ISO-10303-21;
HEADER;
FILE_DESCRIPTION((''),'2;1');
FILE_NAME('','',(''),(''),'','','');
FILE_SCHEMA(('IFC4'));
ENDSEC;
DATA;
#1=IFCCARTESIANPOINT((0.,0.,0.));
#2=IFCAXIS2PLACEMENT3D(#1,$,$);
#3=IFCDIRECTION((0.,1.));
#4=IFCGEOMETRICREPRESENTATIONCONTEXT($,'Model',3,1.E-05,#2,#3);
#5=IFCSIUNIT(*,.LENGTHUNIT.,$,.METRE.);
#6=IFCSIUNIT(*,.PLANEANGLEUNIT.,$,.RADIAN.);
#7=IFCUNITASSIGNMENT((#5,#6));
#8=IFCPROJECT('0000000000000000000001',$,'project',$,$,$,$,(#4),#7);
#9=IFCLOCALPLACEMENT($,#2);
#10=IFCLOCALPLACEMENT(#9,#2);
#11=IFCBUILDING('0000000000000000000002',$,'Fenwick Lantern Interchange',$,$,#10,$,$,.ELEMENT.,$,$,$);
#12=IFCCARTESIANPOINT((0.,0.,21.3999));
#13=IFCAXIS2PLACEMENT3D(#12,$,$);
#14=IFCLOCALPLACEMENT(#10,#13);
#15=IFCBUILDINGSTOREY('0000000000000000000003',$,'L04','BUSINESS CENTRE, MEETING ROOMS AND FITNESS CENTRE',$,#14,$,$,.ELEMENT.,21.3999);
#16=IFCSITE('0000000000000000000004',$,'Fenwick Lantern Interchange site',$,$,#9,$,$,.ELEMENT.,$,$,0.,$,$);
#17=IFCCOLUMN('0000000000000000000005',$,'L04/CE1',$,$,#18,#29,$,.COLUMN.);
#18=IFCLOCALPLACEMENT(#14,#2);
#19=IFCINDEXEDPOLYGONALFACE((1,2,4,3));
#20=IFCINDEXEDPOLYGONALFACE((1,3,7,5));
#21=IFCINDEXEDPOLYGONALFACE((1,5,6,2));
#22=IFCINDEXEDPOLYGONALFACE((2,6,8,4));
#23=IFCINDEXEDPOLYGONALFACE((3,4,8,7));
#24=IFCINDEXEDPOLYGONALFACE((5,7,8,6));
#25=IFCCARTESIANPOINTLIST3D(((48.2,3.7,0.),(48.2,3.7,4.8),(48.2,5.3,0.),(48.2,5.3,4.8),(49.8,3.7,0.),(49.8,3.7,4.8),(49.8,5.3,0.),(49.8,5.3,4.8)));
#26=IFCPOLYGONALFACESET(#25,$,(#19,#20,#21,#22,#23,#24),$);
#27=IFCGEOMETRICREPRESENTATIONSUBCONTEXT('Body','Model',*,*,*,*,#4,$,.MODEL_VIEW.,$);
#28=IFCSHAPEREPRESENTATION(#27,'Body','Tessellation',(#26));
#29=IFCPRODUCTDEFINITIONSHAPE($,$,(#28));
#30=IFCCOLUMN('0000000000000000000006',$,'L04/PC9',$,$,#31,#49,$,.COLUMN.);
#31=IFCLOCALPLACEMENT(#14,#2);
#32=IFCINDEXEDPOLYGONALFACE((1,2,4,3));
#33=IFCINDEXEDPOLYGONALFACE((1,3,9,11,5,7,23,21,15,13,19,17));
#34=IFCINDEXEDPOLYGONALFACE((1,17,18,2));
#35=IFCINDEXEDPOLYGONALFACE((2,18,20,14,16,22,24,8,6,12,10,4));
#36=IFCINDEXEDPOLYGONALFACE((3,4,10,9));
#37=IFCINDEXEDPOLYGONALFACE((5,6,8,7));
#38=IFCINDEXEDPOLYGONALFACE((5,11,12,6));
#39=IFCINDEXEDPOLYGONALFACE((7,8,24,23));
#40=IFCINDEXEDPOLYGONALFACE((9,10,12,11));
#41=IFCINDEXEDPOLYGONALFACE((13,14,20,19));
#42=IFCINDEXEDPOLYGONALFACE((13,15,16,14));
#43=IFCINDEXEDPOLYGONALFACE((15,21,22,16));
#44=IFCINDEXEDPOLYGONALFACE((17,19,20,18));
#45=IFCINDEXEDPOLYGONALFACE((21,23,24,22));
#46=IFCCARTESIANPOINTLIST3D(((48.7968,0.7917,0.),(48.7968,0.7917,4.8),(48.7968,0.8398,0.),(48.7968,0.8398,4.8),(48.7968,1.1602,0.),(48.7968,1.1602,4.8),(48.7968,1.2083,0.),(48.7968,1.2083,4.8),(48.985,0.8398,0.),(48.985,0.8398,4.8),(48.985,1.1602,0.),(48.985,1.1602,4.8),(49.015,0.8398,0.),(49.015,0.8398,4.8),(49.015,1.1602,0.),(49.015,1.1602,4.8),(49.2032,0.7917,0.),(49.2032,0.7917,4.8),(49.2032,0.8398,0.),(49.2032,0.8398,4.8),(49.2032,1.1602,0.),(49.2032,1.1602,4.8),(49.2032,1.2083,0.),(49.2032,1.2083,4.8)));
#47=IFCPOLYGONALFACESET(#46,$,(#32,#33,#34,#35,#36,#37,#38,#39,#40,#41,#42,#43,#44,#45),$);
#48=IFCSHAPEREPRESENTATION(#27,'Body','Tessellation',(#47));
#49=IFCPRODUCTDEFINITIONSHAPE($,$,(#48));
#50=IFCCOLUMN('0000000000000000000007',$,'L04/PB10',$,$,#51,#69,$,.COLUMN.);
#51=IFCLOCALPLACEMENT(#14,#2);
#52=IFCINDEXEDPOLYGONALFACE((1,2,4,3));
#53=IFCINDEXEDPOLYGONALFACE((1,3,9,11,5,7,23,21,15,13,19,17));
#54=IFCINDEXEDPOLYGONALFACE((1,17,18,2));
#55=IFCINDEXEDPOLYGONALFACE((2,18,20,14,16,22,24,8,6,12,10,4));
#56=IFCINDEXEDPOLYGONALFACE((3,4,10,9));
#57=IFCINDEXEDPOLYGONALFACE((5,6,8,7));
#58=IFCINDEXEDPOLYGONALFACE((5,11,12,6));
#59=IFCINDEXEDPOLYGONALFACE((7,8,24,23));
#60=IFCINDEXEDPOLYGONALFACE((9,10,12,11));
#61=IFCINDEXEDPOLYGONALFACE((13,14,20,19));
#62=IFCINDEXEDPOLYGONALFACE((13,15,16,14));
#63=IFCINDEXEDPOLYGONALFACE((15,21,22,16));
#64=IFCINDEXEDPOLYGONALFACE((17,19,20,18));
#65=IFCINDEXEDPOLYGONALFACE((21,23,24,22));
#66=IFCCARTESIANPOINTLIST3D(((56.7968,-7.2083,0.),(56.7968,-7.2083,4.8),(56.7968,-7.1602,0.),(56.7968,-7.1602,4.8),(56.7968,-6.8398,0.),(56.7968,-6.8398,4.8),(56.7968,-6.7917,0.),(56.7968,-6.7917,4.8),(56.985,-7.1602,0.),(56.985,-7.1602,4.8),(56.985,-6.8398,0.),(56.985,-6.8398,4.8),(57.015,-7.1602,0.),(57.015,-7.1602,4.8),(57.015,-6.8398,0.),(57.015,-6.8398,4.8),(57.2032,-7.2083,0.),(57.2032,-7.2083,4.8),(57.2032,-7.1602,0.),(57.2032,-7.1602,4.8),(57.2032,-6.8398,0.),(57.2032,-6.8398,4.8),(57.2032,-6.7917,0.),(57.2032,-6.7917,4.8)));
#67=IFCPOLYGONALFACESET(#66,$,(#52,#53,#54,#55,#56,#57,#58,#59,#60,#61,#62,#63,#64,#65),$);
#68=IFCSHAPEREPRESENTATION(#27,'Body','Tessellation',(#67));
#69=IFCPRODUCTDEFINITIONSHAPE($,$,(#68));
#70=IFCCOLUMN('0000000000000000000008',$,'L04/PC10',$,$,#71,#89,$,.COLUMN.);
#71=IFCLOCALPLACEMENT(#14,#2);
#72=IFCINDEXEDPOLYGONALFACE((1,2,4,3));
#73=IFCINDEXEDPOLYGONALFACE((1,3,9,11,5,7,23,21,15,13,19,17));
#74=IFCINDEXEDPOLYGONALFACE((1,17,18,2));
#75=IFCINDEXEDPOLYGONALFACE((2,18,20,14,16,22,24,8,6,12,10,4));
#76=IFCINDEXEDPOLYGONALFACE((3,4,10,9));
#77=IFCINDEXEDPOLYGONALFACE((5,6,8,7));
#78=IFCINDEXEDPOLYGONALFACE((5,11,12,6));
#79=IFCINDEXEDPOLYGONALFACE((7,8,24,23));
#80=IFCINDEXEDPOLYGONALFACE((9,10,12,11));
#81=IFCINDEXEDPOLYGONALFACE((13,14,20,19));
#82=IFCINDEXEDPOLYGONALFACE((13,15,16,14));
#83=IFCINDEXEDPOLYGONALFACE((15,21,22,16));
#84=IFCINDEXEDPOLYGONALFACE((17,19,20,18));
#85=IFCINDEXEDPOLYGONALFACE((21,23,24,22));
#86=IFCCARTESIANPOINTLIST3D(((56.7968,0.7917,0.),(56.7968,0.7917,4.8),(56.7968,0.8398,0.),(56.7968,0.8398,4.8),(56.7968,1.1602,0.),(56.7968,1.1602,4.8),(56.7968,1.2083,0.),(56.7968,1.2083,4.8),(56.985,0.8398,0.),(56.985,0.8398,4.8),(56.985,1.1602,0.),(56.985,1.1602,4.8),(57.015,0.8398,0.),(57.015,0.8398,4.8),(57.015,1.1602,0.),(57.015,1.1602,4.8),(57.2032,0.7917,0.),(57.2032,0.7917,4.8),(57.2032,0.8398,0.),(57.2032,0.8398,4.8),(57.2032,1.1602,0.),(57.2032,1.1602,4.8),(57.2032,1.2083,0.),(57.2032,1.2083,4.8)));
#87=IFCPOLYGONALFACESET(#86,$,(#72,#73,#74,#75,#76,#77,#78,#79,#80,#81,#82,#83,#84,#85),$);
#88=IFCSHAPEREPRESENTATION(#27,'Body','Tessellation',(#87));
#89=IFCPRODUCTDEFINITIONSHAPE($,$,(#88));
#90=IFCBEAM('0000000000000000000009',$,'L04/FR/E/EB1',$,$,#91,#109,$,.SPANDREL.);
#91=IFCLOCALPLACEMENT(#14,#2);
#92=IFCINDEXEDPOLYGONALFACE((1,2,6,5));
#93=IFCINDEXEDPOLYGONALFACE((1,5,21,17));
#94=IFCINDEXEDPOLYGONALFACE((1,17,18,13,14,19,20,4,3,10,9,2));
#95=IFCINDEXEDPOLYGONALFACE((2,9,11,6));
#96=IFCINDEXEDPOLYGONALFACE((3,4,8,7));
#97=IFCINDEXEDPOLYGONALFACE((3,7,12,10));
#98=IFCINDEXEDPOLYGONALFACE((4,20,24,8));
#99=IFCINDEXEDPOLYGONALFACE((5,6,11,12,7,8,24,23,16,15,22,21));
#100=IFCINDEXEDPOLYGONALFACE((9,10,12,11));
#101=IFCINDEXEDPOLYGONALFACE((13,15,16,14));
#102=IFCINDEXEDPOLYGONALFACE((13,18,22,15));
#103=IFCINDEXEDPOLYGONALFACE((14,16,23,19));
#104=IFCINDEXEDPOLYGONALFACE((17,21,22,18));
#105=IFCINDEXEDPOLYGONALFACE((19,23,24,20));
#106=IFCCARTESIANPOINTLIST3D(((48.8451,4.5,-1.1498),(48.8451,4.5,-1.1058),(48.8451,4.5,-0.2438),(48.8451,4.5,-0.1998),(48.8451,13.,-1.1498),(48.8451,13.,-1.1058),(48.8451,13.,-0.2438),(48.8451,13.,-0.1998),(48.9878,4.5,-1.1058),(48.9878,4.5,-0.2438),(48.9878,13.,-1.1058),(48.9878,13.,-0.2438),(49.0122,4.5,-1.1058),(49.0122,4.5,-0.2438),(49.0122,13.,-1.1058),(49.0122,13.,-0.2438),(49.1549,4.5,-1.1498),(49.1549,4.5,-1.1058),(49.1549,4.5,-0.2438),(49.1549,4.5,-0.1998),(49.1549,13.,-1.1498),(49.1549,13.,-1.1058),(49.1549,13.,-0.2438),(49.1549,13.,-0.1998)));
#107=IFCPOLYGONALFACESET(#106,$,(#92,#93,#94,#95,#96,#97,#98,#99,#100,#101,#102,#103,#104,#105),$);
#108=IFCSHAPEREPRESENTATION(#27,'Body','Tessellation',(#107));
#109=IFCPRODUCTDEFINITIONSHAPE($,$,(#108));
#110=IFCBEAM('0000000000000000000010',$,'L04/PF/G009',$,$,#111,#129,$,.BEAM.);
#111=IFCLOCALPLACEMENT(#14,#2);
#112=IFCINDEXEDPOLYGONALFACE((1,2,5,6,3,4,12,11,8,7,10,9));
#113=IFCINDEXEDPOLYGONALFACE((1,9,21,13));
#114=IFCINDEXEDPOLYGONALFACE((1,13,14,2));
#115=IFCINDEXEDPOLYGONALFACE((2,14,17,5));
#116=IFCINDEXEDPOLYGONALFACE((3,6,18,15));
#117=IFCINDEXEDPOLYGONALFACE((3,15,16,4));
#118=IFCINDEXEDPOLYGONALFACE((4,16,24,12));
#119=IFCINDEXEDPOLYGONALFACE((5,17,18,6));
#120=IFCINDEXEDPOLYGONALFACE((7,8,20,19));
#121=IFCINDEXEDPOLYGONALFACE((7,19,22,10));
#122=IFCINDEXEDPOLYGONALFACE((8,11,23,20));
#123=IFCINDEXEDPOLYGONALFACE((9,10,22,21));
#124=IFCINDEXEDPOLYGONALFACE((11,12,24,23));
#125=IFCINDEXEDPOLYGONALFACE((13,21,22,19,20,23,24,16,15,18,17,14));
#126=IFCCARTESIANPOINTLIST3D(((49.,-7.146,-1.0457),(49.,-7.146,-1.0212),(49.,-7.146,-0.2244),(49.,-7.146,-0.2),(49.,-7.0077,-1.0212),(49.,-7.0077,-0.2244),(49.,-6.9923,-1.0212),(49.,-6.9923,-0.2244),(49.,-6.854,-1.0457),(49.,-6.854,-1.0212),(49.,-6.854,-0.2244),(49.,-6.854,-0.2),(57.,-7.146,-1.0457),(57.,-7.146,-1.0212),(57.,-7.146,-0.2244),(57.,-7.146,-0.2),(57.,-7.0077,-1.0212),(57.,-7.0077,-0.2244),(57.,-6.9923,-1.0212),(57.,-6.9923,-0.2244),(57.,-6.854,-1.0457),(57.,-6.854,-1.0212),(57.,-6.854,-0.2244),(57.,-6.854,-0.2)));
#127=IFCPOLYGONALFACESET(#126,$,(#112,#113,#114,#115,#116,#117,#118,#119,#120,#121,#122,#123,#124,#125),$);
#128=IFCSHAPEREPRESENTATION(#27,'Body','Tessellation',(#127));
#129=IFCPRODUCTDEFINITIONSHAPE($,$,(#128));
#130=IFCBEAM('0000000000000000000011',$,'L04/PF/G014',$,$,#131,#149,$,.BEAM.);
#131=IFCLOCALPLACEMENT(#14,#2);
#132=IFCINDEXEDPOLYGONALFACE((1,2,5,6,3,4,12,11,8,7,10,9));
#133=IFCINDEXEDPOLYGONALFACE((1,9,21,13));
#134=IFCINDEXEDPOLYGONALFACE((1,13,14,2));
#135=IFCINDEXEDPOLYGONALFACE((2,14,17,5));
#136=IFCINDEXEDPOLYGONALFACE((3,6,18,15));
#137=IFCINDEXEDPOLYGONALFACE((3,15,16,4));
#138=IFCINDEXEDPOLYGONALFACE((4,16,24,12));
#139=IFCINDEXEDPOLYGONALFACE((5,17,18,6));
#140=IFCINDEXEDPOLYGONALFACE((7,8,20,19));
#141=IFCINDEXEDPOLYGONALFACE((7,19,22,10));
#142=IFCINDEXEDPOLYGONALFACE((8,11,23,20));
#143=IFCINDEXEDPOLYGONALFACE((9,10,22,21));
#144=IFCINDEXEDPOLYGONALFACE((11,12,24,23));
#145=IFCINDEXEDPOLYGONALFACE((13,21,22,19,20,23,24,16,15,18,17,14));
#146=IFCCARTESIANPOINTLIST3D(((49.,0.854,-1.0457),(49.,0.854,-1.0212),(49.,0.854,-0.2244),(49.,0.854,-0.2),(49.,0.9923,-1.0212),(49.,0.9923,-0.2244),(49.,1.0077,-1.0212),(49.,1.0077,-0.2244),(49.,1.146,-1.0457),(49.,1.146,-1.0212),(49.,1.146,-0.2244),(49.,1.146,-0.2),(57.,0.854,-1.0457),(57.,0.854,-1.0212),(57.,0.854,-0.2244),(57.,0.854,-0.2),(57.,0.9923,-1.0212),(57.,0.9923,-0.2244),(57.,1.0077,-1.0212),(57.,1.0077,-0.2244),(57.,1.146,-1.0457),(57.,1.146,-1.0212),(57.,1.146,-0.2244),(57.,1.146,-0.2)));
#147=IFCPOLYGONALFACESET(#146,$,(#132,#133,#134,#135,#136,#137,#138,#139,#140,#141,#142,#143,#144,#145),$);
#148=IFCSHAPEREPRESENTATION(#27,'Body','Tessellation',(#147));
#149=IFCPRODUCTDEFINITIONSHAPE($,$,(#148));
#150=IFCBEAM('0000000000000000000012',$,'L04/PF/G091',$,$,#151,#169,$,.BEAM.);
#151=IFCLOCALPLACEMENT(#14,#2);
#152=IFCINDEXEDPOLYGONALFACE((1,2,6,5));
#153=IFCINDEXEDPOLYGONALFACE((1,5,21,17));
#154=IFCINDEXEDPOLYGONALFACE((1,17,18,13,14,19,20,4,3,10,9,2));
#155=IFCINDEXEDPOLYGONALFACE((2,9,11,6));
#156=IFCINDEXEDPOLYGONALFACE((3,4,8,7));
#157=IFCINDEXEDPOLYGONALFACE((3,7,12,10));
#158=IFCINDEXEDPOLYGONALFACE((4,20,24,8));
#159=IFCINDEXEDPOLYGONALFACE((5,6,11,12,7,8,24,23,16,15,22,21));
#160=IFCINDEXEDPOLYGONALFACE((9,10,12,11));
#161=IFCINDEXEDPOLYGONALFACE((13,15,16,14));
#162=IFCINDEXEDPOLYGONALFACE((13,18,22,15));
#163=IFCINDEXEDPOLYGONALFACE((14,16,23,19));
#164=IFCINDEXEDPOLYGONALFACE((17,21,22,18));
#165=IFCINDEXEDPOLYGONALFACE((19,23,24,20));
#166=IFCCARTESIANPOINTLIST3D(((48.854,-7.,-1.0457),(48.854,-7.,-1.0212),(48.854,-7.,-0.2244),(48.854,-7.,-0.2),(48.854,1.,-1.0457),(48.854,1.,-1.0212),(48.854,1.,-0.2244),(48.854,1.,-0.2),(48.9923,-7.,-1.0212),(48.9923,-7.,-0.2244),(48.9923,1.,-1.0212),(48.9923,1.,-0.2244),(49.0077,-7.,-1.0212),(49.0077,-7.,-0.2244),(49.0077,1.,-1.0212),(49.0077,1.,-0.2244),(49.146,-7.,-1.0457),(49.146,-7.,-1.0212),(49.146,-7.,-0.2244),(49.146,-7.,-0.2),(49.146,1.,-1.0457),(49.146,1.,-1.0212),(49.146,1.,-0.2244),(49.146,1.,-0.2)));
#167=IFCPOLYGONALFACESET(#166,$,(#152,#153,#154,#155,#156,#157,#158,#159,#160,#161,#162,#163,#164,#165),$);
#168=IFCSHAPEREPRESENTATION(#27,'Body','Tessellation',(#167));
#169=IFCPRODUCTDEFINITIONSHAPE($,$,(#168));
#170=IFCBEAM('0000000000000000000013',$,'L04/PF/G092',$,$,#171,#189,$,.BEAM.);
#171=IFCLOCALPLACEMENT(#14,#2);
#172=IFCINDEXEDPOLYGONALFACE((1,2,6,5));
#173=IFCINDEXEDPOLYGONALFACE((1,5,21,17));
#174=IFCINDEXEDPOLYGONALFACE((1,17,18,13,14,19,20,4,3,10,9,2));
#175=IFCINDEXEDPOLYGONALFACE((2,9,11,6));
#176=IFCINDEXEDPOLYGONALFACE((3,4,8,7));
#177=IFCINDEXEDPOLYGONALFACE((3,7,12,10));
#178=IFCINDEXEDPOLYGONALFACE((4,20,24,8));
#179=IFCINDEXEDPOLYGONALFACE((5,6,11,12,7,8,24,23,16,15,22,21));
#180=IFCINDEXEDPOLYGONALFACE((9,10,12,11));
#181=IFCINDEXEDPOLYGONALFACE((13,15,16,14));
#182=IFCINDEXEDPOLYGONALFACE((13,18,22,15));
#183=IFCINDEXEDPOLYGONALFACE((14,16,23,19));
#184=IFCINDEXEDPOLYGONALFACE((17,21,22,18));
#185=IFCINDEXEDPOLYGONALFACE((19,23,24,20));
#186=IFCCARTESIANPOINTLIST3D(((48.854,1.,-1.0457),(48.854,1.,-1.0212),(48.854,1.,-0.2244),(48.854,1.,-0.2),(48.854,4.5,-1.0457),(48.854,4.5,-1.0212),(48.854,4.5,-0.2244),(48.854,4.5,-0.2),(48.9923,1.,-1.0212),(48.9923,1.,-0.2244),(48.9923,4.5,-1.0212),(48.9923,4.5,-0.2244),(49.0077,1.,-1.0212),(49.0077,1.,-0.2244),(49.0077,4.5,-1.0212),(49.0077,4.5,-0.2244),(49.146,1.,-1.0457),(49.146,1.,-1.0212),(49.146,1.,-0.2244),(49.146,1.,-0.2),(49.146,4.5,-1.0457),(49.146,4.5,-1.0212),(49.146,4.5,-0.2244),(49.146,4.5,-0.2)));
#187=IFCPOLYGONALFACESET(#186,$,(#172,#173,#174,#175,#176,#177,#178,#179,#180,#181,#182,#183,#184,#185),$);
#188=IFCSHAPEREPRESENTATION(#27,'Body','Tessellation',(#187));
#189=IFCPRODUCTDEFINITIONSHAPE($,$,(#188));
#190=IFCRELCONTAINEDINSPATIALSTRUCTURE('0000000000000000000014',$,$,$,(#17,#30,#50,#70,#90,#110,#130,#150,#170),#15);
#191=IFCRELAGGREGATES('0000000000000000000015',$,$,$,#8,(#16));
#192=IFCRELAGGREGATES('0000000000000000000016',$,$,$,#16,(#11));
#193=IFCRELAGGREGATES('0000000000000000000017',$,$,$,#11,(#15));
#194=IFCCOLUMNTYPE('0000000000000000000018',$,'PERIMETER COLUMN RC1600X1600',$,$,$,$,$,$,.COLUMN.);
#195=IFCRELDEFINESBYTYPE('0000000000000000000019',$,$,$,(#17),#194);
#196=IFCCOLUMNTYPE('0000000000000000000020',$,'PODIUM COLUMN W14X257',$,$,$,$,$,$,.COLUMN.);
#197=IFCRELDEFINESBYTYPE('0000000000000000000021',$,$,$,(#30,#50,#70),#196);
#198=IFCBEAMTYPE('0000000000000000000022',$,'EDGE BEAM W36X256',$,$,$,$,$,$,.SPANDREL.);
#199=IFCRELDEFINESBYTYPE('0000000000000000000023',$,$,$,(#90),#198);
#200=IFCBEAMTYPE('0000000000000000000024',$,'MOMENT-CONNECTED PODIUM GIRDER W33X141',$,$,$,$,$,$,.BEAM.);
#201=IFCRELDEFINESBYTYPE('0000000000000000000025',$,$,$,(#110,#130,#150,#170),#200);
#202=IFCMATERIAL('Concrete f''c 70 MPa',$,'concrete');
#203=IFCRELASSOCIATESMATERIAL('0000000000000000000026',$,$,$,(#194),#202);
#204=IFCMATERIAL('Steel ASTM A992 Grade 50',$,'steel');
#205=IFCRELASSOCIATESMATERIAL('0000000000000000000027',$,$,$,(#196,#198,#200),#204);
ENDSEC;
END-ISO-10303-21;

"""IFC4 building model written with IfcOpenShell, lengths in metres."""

from ifc_helpers import new_model, si_unit, direction, frame, origin, origin_2d, place, context, subcontext, project, spatial, rectangle, i_section, extrude, material, material_profile, profile_set, type_object, element, save


model = new_model("IFC4")

# Units and contexts
model_context = context("Model", 3, precision=1e-05, world=origin(), true_north=direction((0.0, 1.0)))
body_context = subcontext(model_context, "Body", "Model", "MODEL_VIEW")
ifc_project = project(units=[si_unit("LENGTHUNIT", "METRE"), si_unit("PLANEANGLEUNIT", "RADIAN")], contexts=[model_context])

# Site, building, storey
site_placement = place(None, origin())
site = spatial("IfcSite", under=ifc_project, at=site_placement, Name="Fenwick Lantern Interchange site", CompositionType="ELEMENT", RefElevation=0.0)
building_placement = place(site_placement, origin())
building = spatial("IfcBuilding", under=site, at=building_placement, Name="Fenwick Lantern Interchange", CompositionType="ELEMENT")
storey_placement = place(building_placement, frame((0.0, 0.0, 21.3999)))
storey = spatial("IfcBuildingStorey", under=building, at=storey_placement, Name="L04", Description="BUSINESS CENTRE, MEETING ROOMS AND FITNESS CENTRE", CompositionType="ELEMENT", Elevation=21.3999)

# Columns
ifc_material_1 = material(Name="Concrete f'c 70 MPa", Category="concrete")
ifc_material_profile_1 = material_profile(ifc_material_1, rectangle(XDim=1.6001, YDim=1.6001, at=origin_2d()), Name="RC1600X1600")
ifc_profile_set_1 = profile_set([ifc_material_profile_1], Name="Concrete f'c 70 MPa")
column_type_1 = type_object("IfcColumnType", Name="PERIMETER COLUMN RC1600X1600", PredefinedType="COLUMN", material=ifc_profile_set_1)
column_placement = place(storey_placement, frame((49.0, 4.5, 0.0), z_axis=(0.0, 0.0, 1.0), x_axis=(1.0, 0.0, 0.0)))
element("IfcColumn", 1, at=column_placement, inside=storey, type_object=column_type_1, Name="L04/CE1", PredefinedType="COLUMN", context=body_context, shape_type="SweptSolid", body=[
    extrude(rectangle(XDim=1.6001, YDim=1.6001, at=origin_2d()), origin(), (0.0, 0.0, 1.0), 4.8),
])
ifc_material_2 = material(Name="Steel ASTM A992 Grade 50", Category="steel")
ifc_material_profile_2 = material_profile(ifc_material_2, i_section(OverallWidth=0.4065, OverallDepth=0.4165, WebThickness=0.03, FlangeThickness=0.0481, at=origin_2d()), Name="W14X257")
ifc_profile_set_2 = profile_set([ifc_material_profile_2], Name="Steel ASTM A992 Grade 50")
column_type_2 = type_object("IfcColumnType", Name="PODIUM COLUMN W14X257", PredefinedType="COLUMN", material=ifc_profile_set_2)
for number, where, z_axis, x_axis, name in (
    (2, (49.0, 1.0, 0.0), (0.0, 0.0, 1.0), (1.0, 0.0, 0.0), "L04/PC9"),
    (3, (57.0, -7.0, 0.0), (0.0, 0.0, 1.0), (1.0, 0.0, 0.0), "L04/PB10"),
    (4, (57.0, 1.0, 0.0), (0.0, 0.0, 1.0), (1.0, 0.0, 0.0), "L04/PC10"),
):
    element("IfcColumn", number, at=place(storey_placement, frame(where, z_axis=z_axis, x_axis=x_axis)), inside=storey, type_object=column_type_2, Name=name, PredefinedType="COLUMN", context=body_context, shape_type="SweptSolid", body=[
        extrude(i_section(OverallWidth=0.4065, OverallDepth=0.4165, WebThickness=0.03, FlangeThickness=0.0481, at=origin_2d()), origin(), (0.0, 0.0, 1.0), 4.8),
    ])

# Beams
ifc_material_profile_3 = material_profile(ifc_material_2, i_section(OverallWidth=0.3098, OverallDepth=0.95, WebThickness=0.0244, FlangeThickness=0.0439, at=origin_2d()), Name="W36X256")
ifc_profile_set_3 = profile_set([ifc_material_profile_3], Name="Steel ASTM A992 Grade 50")
beam_type_1 = type_object("IfcBeamType", Name="EDGE BEAM W36X256", PredefinedType="SPANDREL", material=ifc_profile_set_3)
beam_1_placement = place(storey_placement, frame((49.0, 4.5, -0.6748), z_axis=(0.0, 1.0, 0.0), x_axis=(-1.0, 0.0, 0.0)))
element("IfcBeam", 5, at=beam_1_placement, inside=storey, type_object=beam_type_1, Name="L04/FR/E/EB1", PredefinedType="SPANDREL", context=body_context, shape_type="SweptSolid", body=[
    extrude(i_section(OverallWidth=0.3098, OverallDepth=0.95, WebThickness=0.0244, FlangeThickness=0.0439, at=origin_2d()), origin(), (0.0, 0.0, 1.0), 8.5),
])
ifc_material_profile_4 = material_profile(ifc_material_2, i_section(OverallWidth=0.292, OverallDepth=0.8457, WebThickness=0.0154, FlangeThickness=0.0244, at=origin_2d()), Name="W33X141")
ifc_profile_set_4 = profile_set([ifc_material_profile_4], Name="Steel ASTM A992 Grade 50")
beam_type_2 = type_object("IfcBeamType", Name="MOMENT-CONNECTED PODIUM GIRDER W33X141", PredefinedType="BEAM", material=ifc_profile_set_4)
for number, where, z_axis, x_axis, name in (
    (6, (49.0, -7.0, -0.6228), (1.0, 0.0, 0.0), (0.0, 1.0, 0.0), "L04/PF/G009"),
    (7, (49.0, 1.0, -0.6228), (1.0, 0.0, 0.0), (0.0, 1.0, 0.0), "L04/PF/G014"),
    (8, (49.0, -7.0, -0.6228), (0.0, 1.0, 0.0), (-1.0, 0.0, 0.0), "L04/PF/G091"),
):
    element("IfcBeam", number, at=place(storey_placement, frame(where, z_axis=z_axis, x_axis=x_axis)), inside=storey, type_object=beam_type_2, Name=name, PredefinedType="BEAM", context=body_context, shape_type="SweptSolid", body=[
        extrude(i_section(OverallWidth=0.292, OverallDepth=0.8457, WebThickness=0.0154, FlangeThickness=0.0244, at=origin_2d()), origin(), (0.0, 0.0, 1.0), 8.0),
    ])
beam_2_placement = place(storey_placement, frame((49.0, 1.0, -0.6228), z_axis=(0.0, 1.0, 0.0), x_axis=(-1.0, 0.0, 0.0)))
element("IfcBeam", 9, at=beam_2_placement, inside=storey, type_object=beam_type_2, Name="L04/PF/G092", PredefinedType="BEAM", context=body_context, shape_type="SweptSolid", body=[
    extrude(i_section(OverallWidth=0.292, OverallDepth=0.8457, WebThickness=0.0154, FlangeThickness=0.0244, at=origin_2d()), origin(), (0.0, 0.0, 1.0), 3.5),
])

save(model, "model.ifc")
